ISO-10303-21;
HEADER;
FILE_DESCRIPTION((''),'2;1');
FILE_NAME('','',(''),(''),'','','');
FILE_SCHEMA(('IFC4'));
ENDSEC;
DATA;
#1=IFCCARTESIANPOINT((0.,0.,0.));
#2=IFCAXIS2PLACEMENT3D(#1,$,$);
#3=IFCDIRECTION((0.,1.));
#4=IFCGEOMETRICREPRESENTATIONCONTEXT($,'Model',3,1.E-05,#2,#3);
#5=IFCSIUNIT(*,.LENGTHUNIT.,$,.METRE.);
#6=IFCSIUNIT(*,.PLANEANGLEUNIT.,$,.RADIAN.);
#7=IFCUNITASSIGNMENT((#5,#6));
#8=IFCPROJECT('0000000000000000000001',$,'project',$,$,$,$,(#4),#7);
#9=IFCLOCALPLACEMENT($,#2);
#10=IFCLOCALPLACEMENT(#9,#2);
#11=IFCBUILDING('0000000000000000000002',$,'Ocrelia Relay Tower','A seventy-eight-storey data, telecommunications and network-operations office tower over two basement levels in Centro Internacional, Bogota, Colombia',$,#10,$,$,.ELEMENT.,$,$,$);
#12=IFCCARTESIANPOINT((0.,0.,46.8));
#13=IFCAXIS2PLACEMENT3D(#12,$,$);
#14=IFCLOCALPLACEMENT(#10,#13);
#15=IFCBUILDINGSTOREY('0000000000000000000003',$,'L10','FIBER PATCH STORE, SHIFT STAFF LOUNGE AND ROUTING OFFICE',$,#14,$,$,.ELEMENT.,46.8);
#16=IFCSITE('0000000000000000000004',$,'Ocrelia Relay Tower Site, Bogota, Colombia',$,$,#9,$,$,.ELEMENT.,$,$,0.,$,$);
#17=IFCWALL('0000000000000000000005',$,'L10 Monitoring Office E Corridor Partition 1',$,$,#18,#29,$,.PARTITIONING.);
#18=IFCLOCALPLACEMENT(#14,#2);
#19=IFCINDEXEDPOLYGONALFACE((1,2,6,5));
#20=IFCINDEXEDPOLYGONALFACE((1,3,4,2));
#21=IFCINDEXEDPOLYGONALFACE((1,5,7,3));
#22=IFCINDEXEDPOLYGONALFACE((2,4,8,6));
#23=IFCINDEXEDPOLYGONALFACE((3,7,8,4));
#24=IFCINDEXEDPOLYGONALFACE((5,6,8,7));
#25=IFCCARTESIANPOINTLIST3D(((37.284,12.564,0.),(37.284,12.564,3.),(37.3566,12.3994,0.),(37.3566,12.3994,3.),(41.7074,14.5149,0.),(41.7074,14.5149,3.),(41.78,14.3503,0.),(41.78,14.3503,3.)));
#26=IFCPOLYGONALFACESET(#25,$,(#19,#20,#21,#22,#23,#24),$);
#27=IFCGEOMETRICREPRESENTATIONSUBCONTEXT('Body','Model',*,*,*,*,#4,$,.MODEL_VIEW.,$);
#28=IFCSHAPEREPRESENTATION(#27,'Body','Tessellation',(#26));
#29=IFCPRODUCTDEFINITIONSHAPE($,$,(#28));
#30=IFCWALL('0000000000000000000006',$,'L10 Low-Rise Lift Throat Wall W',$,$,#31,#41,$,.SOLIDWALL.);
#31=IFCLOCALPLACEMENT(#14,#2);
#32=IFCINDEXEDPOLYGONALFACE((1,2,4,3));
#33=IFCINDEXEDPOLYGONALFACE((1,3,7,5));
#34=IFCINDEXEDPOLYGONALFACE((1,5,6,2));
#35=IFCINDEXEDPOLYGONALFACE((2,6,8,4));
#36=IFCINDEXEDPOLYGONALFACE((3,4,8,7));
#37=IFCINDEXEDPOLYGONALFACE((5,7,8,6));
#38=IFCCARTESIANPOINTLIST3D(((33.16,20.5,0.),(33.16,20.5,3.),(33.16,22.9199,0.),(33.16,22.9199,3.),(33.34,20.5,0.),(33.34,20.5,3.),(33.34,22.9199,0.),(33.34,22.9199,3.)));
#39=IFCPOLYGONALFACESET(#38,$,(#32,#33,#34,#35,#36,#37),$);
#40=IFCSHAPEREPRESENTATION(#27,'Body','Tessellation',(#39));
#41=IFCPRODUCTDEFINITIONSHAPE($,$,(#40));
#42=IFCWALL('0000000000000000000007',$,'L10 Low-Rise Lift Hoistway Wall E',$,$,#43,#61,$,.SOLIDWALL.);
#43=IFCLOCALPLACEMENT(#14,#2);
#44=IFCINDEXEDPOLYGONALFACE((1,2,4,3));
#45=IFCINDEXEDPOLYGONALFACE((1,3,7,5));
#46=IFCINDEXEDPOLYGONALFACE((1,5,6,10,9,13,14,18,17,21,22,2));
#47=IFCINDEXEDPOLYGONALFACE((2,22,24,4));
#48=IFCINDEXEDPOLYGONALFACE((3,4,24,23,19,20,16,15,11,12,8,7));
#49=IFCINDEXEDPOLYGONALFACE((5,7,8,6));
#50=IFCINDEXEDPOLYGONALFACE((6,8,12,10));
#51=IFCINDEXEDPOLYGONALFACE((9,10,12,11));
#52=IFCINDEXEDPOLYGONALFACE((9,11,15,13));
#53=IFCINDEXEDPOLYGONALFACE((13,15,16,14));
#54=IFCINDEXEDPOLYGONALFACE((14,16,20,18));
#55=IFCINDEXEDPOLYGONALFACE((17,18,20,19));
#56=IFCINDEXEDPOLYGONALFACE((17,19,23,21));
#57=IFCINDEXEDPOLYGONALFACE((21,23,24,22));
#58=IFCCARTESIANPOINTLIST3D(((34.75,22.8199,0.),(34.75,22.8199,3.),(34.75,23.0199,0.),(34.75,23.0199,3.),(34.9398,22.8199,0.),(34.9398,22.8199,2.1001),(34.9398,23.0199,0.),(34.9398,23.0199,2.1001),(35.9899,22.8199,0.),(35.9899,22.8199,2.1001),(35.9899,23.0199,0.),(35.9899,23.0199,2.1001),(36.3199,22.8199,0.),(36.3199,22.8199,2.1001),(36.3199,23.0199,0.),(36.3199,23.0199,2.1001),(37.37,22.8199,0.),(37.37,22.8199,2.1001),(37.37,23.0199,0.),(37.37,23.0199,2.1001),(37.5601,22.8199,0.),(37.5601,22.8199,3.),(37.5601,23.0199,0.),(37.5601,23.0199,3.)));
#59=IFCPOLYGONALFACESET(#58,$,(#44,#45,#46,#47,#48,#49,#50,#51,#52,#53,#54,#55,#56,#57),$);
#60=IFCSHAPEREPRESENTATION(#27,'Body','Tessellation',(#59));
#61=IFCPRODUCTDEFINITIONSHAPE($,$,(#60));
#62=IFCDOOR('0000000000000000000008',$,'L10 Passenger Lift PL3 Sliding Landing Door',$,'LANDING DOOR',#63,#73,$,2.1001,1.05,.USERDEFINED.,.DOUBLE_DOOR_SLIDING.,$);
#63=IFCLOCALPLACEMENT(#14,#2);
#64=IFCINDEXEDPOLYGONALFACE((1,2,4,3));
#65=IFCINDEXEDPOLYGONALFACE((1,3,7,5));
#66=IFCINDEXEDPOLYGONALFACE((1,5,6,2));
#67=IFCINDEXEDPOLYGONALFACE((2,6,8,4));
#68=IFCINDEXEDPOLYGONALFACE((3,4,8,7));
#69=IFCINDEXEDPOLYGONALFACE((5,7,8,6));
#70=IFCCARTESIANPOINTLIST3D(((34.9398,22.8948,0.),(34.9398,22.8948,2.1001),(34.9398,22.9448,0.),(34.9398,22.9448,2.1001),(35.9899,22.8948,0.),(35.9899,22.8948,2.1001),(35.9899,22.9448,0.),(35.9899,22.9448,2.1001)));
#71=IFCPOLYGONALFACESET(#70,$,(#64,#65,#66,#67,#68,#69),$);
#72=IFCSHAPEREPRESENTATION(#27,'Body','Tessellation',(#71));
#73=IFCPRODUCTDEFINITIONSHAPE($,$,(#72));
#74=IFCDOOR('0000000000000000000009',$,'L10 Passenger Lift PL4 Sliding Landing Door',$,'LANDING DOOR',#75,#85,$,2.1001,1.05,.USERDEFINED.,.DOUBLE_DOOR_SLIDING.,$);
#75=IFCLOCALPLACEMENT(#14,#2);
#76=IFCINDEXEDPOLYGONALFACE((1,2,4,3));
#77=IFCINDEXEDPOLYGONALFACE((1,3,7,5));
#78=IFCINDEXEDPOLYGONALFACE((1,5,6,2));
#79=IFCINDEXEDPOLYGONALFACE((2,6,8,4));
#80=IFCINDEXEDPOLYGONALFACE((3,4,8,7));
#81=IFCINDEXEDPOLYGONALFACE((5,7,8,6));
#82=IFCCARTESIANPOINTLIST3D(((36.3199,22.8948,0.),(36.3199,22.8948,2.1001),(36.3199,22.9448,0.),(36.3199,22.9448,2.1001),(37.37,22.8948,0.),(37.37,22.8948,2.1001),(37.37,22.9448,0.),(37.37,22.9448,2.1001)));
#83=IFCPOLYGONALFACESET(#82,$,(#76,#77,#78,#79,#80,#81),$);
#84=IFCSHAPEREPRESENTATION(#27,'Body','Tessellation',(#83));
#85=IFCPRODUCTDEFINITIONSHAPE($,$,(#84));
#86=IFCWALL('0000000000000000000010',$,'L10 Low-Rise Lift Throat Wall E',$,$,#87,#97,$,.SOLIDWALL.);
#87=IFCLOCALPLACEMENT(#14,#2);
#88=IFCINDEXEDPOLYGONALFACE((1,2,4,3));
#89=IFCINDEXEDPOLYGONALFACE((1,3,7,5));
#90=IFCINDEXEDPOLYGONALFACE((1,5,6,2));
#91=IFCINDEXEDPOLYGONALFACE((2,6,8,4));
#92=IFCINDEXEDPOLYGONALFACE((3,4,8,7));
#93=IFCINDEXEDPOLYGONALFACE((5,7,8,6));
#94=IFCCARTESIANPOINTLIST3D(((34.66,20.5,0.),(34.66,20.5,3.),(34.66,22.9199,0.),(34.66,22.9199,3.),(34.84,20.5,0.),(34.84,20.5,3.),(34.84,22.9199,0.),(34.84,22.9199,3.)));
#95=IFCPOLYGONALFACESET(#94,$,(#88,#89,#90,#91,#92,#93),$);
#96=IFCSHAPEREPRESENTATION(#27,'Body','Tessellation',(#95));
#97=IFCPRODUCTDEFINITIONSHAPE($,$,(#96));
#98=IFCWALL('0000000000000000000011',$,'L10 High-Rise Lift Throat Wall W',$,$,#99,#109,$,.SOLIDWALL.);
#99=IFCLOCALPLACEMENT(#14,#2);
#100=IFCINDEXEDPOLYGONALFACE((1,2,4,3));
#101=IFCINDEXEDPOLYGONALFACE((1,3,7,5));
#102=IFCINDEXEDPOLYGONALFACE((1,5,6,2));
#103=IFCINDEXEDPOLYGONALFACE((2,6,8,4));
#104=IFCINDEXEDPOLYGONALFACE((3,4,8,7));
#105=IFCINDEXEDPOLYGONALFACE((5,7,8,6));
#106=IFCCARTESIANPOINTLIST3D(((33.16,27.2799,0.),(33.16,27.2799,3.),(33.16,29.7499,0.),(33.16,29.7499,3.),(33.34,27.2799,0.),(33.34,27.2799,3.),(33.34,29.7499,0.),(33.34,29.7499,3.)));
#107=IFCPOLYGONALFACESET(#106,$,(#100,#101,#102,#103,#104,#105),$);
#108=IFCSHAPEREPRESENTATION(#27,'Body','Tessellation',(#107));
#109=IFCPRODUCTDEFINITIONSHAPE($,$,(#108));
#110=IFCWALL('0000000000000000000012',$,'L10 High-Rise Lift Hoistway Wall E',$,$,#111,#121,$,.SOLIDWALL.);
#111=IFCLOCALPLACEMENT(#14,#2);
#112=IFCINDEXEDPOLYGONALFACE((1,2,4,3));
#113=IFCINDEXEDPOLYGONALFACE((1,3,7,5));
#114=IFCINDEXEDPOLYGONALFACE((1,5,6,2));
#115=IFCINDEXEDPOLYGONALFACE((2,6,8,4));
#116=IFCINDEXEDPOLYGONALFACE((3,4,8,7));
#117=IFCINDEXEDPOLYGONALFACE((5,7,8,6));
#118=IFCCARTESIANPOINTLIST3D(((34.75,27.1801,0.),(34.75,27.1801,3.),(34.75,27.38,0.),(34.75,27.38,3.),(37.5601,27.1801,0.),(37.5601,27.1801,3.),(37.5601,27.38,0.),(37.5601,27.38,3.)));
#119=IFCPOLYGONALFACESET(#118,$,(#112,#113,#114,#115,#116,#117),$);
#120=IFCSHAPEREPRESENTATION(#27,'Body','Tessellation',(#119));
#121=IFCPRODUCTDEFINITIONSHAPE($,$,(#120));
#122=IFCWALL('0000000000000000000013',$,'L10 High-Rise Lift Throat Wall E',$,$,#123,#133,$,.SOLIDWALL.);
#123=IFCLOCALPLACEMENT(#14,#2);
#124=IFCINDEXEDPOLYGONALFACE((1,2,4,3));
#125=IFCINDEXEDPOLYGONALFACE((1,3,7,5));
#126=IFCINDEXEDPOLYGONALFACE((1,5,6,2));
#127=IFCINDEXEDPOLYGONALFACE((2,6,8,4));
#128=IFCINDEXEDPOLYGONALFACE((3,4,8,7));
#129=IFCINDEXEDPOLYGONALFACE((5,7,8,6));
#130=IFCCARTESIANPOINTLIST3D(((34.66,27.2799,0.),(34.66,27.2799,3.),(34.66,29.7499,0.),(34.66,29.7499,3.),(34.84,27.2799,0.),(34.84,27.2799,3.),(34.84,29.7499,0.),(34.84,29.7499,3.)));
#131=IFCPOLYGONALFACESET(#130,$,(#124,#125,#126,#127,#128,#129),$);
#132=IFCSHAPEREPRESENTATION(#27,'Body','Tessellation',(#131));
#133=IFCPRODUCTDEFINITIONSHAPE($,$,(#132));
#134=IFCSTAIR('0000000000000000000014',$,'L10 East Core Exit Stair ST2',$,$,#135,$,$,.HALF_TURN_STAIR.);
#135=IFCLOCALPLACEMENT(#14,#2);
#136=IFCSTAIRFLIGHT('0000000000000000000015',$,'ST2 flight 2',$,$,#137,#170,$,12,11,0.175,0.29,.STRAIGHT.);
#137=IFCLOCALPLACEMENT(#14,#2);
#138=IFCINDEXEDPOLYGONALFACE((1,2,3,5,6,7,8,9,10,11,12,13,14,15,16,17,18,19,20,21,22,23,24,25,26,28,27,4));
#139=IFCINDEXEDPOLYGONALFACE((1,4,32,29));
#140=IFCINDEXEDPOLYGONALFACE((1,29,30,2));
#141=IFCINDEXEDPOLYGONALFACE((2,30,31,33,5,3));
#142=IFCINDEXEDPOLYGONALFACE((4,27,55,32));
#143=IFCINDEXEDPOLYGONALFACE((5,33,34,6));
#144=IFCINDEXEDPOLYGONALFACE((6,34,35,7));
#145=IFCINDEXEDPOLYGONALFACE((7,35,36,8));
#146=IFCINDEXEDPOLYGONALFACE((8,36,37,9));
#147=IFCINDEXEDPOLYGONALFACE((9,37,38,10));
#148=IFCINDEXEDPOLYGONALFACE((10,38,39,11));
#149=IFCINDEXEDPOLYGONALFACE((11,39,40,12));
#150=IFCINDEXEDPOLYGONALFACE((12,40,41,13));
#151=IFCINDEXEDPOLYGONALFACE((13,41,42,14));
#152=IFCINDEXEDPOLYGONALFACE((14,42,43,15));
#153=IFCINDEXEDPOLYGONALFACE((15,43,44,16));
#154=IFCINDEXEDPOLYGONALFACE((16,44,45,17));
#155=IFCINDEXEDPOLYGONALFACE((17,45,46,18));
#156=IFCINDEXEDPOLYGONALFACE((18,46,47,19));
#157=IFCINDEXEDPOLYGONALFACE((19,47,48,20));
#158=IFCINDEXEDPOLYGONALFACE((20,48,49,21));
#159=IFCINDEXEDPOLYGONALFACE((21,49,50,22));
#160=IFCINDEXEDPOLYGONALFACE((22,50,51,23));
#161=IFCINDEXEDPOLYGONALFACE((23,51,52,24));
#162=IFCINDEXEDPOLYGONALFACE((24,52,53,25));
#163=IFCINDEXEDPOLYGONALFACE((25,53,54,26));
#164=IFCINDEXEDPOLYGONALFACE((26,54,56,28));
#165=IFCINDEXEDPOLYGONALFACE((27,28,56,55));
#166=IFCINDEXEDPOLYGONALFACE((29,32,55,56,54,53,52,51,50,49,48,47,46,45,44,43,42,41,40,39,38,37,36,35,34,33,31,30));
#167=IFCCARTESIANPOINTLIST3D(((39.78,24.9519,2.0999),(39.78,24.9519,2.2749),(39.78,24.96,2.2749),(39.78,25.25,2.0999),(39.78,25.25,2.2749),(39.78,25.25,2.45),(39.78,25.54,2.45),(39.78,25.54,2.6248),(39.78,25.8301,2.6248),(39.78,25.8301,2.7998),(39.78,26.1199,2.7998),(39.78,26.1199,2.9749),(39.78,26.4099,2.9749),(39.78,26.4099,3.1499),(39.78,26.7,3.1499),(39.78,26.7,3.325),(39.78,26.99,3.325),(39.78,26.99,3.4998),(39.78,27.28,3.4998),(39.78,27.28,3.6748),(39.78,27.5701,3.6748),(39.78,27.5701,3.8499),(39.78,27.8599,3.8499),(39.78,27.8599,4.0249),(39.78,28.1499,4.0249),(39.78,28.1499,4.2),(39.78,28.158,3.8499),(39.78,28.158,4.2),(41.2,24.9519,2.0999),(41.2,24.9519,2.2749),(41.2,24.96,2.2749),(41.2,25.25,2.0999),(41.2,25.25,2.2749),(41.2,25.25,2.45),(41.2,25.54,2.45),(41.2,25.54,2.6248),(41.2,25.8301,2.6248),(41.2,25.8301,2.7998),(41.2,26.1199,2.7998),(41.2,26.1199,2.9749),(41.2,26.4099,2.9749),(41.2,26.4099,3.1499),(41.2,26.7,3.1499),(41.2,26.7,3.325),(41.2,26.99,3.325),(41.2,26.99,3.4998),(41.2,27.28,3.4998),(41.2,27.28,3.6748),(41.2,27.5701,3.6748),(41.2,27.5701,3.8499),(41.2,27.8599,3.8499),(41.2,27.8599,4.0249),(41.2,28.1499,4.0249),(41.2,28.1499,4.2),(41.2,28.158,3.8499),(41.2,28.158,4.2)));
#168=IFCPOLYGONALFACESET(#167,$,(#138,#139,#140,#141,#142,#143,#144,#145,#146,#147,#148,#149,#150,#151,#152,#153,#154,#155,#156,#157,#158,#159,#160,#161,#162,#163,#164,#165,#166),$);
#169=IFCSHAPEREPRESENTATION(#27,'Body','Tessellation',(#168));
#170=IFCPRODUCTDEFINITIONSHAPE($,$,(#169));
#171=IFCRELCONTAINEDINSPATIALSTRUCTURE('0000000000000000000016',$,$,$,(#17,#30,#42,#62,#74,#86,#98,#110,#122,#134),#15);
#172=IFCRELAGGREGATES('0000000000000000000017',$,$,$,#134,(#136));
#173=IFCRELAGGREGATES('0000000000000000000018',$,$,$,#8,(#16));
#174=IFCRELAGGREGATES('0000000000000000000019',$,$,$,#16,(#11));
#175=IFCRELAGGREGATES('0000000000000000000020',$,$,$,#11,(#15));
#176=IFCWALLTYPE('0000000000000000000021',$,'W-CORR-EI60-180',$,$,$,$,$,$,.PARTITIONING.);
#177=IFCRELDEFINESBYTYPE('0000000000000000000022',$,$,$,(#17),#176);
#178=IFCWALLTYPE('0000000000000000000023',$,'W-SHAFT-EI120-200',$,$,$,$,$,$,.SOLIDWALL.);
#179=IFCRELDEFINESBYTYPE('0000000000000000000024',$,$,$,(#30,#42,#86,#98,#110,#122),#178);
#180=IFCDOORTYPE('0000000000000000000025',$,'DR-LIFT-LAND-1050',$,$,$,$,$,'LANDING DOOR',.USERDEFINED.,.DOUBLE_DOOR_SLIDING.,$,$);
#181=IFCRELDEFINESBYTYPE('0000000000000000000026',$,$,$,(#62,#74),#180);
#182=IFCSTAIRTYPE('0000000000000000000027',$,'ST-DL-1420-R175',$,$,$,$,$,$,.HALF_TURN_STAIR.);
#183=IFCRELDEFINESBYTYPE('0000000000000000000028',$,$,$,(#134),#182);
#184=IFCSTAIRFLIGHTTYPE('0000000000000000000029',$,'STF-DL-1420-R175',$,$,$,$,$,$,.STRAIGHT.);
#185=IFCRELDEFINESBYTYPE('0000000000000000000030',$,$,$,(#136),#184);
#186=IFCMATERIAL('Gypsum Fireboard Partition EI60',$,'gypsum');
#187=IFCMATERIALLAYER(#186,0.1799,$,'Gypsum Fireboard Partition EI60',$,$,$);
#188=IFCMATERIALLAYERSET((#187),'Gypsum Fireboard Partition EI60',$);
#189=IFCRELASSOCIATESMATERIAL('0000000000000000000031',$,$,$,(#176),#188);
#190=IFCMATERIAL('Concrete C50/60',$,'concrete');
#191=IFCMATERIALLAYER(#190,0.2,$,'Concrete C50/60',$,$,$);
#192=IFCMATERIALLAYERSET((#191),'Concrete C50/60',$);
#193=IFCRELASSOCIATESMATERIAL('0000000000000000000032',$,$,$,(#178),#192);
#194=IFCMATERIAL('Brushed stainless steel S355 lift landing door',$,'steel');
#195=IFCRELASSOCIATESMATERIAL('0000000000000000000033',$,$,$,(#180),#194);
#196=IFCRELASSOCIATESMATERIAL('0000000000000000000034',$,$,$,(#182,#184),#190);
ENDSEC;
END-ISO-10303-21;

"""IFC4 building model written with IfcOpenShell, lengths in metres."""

from ifc_helpers import new_model, si_unit, direction, frame, frame_2d, origin, place, context, subcontext, project, spatial, polyline, rectangle, outline, extrude, material, layer, layer_set, type_object, element, fill, aggregate, save


model = new_model("IFC4")

# Units and contexts
model_context = context("Model", 3, precision=1e-05, world=origin(), true_north=direction((0.0, 1.0)))
body_context = subcontext(model_context, "Body", "Model", "MODEL_VIEW")
ifc_project = project(units=[si_unit("LENGTHUNIT", "METRE"), si_unit("PLANEANGLEUNIT", "RADIAN")], contexts=[model_context])

# Site, building, storey
site_placement = place(None, origin())
site = spatial("IfcSite", under=ifc_project, at=site_placement, Name="Ocrelia Relay Tower Site, Bogota, Colombia", CompositionType="ELEMENT", RefElevation=0.0)
building_placement = place(site_placement, origin())
building = spatial("IfcBuilding", under=site, at=building_placement, Name="Ocrelia Relay Tower", Description="A seventy-eight-storey data, telecommunications and network-operations office tower over two basement levels in Centro Internacional, Bogota, Colombia", CompositionType="ELEMENT")
storey_placement = place(building_placement, frame((0.0, 0.0, 46.8)))
storey = spatial("IfcBuildingStorey", under=building, at=storey_placement, Name="L10", Description="FIBER PATCH STORE, SHIFT STAFF LOUNGE AND ROUTING OFFICE", CompositionType="ELEMENT", Elevation=46.8)

# Wall
ifc_material_1 = material(Name="Gypsum Fireboard Partition EI60", Category="gypsum")
ifc_layer_1 = layer(ifc_material_1, 0.1799, Name="Gypsum Fireboard Partition EI60")
ifc_layer_set_1 = layer_set([ifc_layer_1], Name="Gypsum Fireboard Partition EI60")
wall_type_1 = type_object("IfcWallType", Name="W-CORR-EI60-180", PredefinedType="PARTITIONING", material=ifc_layer_set_1)
wall_1_placement = place(storey_placement, frame((37.3203, 12.4817, 0.0), z_axis=(0.0, 0.0, 1.0), x_axis=(0.914959, 0.403546, 0.0)))
element("IfcWall", 1, at=wall_1_placement, inside=storey, type_object=wall_type_1, Name="L10 Monitoring Office E Corridor Partition 1", PredefinedType="PARTITIONING", context=body_context, shape_type="SweptSolid", body=[
    extrude(rectangle(XDim=4.8345, YDim=0.1799, at=frame_2d((2.4172, 0.0))), origin(), (0.0, 0.0, 1.0), 3.0),
])

# Wall
ifc_material_2 = material(Name="Concrete C50/60", Category="concrete")
ifc_layer_2 = layer(ifc_material_2, 0.2, Name="Concrete C50/60")
ifc_layer_set_2 = layer_set([ifc_layer_2], Name="Concrete C50/60")
wall_type_2 = type_object("IfcWallType", Name="W-SHAFT-EI120-200", PredefinedType="SOLIDWALL", material=ifc_layer_set_2)
wall_2_placement = place(storey_placement, frame((33.25, 20.5, 0.0), z_axis=(0.0, 0.0, 1.0), x_axis=(0.0, 1.0, 0.0)))
element("IfcWall", 2, at=wall_2_placement, inside=storey, type_object=wall_type_2, Name="L10 Low-Rise Lift Throat Wall W", PredefinedType="SOLIDWALL", context=body_context, shape_type="SweptSolid", body=[
    extrude(rectangle(XDim=2.4199, YDim=0.1799, at=frame_2d((1.21, 0.0))), origin(), (0.0, 0.0, 1.0), 3.0),
])

# Wall, openings, doors
wall_3_placement = place(storey_placement, frame((34.75, 22.9199, 0.0), z_axis=(0.0, 0.0, 1.0), x_axis=(1.0, 0.0, 0.0)))
wall_3 = element("IfcWall", 3, at=wall_3_placement, inside=storey, type_object=wall_type_2, Name="L10 Low-Rise Lift Hoistway Wall E", PredefinedType="SOLIDWALL", context=body_context, shape_type="SweptSolid", body=[
    extrude(rectangle(XDim=2.8101, YDim=0.2, at=frame_2d((1.405, 0.0))), origin(), (0.0, 0.0, 1.0), 3.0),
])
opening_1_placement = place(wall_3_placement, frame((0.1899, 0.0, 0.0)))
opening_1 = element("IfcOpeningElement", 4, at=opening_1_placement, cuts=wall_3, PredefinedType="OPENING", context=body_context, shape_type="SweptSolid", body=[
    extrude(rectangle(XDim=1.05, YDim=2.1001, at=frame_2d((0.5249, 1.05))), frame((0.0, 0.1099, 0.0), z_axis=(0.0, -1.0, 0.0), x_axis=(1.0, 0.0, 0.0)), (0.0, 0.0, 1.0), 0.22),
])
opening_2_placement = place(wall_3_placement, frame((1.5701, 0.0, 0.0)))
opening_2 = element("IfcOpeningElement", 5, at=opening_2_placement, cuts=wall_3, PredefinedType="OPENING", context=body_context, shape_type="SweptSolid", body=[
    extrude(rectangle(XDim=1.05, YDim=2.1001, at=frame_2d((0.5249, 1.05))), frame((0.0, 0.1099, 0.0), z_axis=(0.0, -1.0, 0.0), x_axis=(1.0, 0.0, 0.0)), (0.0, 0.0, 1.0), 0.22),
])
ifc_material_3 = material(Name="Brushed stainless steel S355 lift landing door", Category="steel")
door_type_1 = type_object("IfcDoorType", Name="DR-LIFT-LAND-1050", ElementType="LANDING DOOR", OperationType="DOUBLE_DOOR_SLIDING", PredefinedType="USERDEFINED", material=ifc_material_3)
door_1_placement = place(opening_1_placement, origin())
door_1 = element("IfcDoor", 6, at=door_1_placement, inside=storey, type_object=door_type_1, Name="L10 Passenger Lift PL3 Sliding Landing Door", ObjectType="LANDING DOOR", OperationType="DOUBLE_DOOR_SLIDING", OverallHeight=2.1001, OverallWidth=1.05, PredefinedType="USERDEFINED", context=body_context, shape_type="SweptSolid", body=[
    extrude(rectangle(XDim=1.05, YDim=2.1001, at=frame_2d((0.5249, 1.05))), frame((0.0, 0.0249, 0.0), z_axis=(0.0, -1.0, 0.0), x_axis=(1.0, 0.0, 0.0)), (0.0, 0.0, 1.0), 0.05),
])
fill(opening_1, door_1)
door_2_placement = place(opening_2_placement, origin())
door_2 = element("IfcDoor", 7, at=door_2_placement, inside=storey, type_object=door_type_1, Name="L10 Passenger Lift PL4 Sliding Landing Door", ObjectType="LANDING DOOR", OperationType="DOUBLE_DOOR_SLIDING", OverallHeight=2.1001, OverallWidth=1.05, PredefinedType="USERDEFINED", context=body_context, shape_type="SweptSolid", body=[
    extrude(rectangle(XDim=1.05, YDim=2.1001, at=frame_2d((0.5249, 1.05))), frame((0.0, 0.0249, 0.0), z_axis=(0.0, -1.0, 0.0), x_axis=(1.0, 0.0, 0.0)), (0.0, 0.0, 1.0), 0.05),
])
fill(opening_2, door_2)

# Walls
wall_4_placement = place(storey_placement, frame((34.75, 20.5, 0.0), z_axis=(0.0, 0.0, 1.0), x_axis=(0.0, 1.0, 0.0)))
element("IfcWall", 8, at=wall_4_placement, inside=storey, type_object=wall_type_2, Name="L10 Low-Rise Lift Throat Wall E", PredefinedType="SOLIDWALL", context=body_context, shape_type="SweptSolid", body=[
    extrude(rectangle(XDim=2.4199, YDim=0.1799, at=frame_2d((1.21, 0.0))), origin(), (0.0, 0.0, 1.0), 3.0),
])
wall_5_placement = place(storey_placement, frame((33.25, 27.28, 0.0), z_axis=(0.0, 0.0, 1.0), x_axis=(0.0, 1.0, 0.0)))
element("IfcWall", 9, at=wall_5_placement, inside=storey, type_object=wall_type_2, Name="L10 High-Rise Lift Throat Wall W", PredefinedType="SOLIDWALL", context=body_context, shape_type="SweptSolid", body=[
    extrude(rectangle(XDim=2.47, YDim=0.1799, at=frame_2d((1.2349, 0.0))), origin(), (0.0, 0.0, 1.0), 3.0),
])
wall_6_placement = place(storey_placement, frame((34.75, 27.28, 0.0), z_axis=(0.0, 0.0, 1.0), x_axis=(1.0, 0.0, 0.0)))
element("IfcWall", 10, at=wall_6_placement, inside=storey, type_object=wall_type_2, Name="L10 High-Rise Lift Hoistway Wall E", PredefinedType="SOLIDWALL", context=body_context, shape_type="SweptSolid", body=[
    extrude(rectangle(XDim=2.8101, YDim=0.2, at=frame_2d((1.405, 0.0))), origin(), (0.0, 0.0, 1.0), 3.0),
])
wall_7_placement = place(storey_placement, frame((34.75, 27.28, 0.0), z_axis=(0.0, 0.0, 1.0), x_axis=(0.0, 1.0, 0.0)))
element("IfcWall", 11, at=wall_7_placement, inside=storey, type_object=wall_type_2, Name="L10 High-Rise Lift Throat Wall E", PredefinedType="SOLIDWALL", context=body_context, shape_type="SweptSolid", body=[
    extrude(rectangle(XDim=2.47, YDim=0.1799, at=frame_2d((1.2349, 0.0))), origin(), (0.0, 0.0, 1.0), 3.0),
])

# Stair, stair flight
stair_type = type_object("IfcStairType", Name="ST-DL-1420-R175", PredefinedType="HALF_TURN_STAIR", material=ifc_material_2)
stair_placement = place(storey_placement, origin())
stair = element("IfcStair", 12, at=stair_placement, inside=storey, type_object=stair_type, Name="L10 East Core Exit Stair ST2", PredefinedType="HALF_TURN_STAIR")
stair_flight_type = type_object("IfcStairFlightType", Name="STF-DL-1420-R175", PredefinedType="STRAIGHT", material=ifc_material_2)
stair_flight_placement = place(storey_placement, frame((40.49, 24.96, 2.0999), z_axis=(0.0, 0.0, 1.0), x_axis=(0.0, 1.0, 0.0)))
stair_flight = element("IfcStairFlight", 13, at=stair_flight_placement, type_object=stair_flight_type, Name="ST2 flight 2", NumberOfRisers=12, NumberOfTreads=11, PredefinedType="STRAIGHT", RiserHeight=0.175, TreadLength=0.29, context=body_context, shape_type="SweptSolid", body=[
    extrude(outline(polyline([(-0.0081, 0.0), (-0.0081, 0.175), (0.0, 0.175), (0.29, 0.175), (0.29, 0.3501), (0.5801, 0.3501), (0.5801, 0.5249), (0.8701, 0.5249), (0.8701, 0.7), (1.1599, 0.7), (1.1599, 0.875), (1.45, 0.875), (1.45, 1.05), (1.74, 1.05), (1.74, 1.2251), (2.03, 1.2251), (2.03, 1.3999), (2.3201, 1.3999), (2.3201, 1.575), (2.6101, 1.575), (2.6101, 1.75), (2.8999, 1.75), (2.8999, 1.925), (3.1899, 1.925), (3.1899, 2.1001), (3.198, 2.1001), (3.198, 1.75), (0.29, 0.0), (-0.0081, 0.0)])), frame((0.0, 0.71, 0.0), z_axis=(0.0, -1.0, 0.0), x_axis=(1.0, 0.0, 0.0)), (0.0, 0.0, 1.0), 1.4199),
])
aggregate(stair, [stair_flight])

save(model, "model.ifc")
